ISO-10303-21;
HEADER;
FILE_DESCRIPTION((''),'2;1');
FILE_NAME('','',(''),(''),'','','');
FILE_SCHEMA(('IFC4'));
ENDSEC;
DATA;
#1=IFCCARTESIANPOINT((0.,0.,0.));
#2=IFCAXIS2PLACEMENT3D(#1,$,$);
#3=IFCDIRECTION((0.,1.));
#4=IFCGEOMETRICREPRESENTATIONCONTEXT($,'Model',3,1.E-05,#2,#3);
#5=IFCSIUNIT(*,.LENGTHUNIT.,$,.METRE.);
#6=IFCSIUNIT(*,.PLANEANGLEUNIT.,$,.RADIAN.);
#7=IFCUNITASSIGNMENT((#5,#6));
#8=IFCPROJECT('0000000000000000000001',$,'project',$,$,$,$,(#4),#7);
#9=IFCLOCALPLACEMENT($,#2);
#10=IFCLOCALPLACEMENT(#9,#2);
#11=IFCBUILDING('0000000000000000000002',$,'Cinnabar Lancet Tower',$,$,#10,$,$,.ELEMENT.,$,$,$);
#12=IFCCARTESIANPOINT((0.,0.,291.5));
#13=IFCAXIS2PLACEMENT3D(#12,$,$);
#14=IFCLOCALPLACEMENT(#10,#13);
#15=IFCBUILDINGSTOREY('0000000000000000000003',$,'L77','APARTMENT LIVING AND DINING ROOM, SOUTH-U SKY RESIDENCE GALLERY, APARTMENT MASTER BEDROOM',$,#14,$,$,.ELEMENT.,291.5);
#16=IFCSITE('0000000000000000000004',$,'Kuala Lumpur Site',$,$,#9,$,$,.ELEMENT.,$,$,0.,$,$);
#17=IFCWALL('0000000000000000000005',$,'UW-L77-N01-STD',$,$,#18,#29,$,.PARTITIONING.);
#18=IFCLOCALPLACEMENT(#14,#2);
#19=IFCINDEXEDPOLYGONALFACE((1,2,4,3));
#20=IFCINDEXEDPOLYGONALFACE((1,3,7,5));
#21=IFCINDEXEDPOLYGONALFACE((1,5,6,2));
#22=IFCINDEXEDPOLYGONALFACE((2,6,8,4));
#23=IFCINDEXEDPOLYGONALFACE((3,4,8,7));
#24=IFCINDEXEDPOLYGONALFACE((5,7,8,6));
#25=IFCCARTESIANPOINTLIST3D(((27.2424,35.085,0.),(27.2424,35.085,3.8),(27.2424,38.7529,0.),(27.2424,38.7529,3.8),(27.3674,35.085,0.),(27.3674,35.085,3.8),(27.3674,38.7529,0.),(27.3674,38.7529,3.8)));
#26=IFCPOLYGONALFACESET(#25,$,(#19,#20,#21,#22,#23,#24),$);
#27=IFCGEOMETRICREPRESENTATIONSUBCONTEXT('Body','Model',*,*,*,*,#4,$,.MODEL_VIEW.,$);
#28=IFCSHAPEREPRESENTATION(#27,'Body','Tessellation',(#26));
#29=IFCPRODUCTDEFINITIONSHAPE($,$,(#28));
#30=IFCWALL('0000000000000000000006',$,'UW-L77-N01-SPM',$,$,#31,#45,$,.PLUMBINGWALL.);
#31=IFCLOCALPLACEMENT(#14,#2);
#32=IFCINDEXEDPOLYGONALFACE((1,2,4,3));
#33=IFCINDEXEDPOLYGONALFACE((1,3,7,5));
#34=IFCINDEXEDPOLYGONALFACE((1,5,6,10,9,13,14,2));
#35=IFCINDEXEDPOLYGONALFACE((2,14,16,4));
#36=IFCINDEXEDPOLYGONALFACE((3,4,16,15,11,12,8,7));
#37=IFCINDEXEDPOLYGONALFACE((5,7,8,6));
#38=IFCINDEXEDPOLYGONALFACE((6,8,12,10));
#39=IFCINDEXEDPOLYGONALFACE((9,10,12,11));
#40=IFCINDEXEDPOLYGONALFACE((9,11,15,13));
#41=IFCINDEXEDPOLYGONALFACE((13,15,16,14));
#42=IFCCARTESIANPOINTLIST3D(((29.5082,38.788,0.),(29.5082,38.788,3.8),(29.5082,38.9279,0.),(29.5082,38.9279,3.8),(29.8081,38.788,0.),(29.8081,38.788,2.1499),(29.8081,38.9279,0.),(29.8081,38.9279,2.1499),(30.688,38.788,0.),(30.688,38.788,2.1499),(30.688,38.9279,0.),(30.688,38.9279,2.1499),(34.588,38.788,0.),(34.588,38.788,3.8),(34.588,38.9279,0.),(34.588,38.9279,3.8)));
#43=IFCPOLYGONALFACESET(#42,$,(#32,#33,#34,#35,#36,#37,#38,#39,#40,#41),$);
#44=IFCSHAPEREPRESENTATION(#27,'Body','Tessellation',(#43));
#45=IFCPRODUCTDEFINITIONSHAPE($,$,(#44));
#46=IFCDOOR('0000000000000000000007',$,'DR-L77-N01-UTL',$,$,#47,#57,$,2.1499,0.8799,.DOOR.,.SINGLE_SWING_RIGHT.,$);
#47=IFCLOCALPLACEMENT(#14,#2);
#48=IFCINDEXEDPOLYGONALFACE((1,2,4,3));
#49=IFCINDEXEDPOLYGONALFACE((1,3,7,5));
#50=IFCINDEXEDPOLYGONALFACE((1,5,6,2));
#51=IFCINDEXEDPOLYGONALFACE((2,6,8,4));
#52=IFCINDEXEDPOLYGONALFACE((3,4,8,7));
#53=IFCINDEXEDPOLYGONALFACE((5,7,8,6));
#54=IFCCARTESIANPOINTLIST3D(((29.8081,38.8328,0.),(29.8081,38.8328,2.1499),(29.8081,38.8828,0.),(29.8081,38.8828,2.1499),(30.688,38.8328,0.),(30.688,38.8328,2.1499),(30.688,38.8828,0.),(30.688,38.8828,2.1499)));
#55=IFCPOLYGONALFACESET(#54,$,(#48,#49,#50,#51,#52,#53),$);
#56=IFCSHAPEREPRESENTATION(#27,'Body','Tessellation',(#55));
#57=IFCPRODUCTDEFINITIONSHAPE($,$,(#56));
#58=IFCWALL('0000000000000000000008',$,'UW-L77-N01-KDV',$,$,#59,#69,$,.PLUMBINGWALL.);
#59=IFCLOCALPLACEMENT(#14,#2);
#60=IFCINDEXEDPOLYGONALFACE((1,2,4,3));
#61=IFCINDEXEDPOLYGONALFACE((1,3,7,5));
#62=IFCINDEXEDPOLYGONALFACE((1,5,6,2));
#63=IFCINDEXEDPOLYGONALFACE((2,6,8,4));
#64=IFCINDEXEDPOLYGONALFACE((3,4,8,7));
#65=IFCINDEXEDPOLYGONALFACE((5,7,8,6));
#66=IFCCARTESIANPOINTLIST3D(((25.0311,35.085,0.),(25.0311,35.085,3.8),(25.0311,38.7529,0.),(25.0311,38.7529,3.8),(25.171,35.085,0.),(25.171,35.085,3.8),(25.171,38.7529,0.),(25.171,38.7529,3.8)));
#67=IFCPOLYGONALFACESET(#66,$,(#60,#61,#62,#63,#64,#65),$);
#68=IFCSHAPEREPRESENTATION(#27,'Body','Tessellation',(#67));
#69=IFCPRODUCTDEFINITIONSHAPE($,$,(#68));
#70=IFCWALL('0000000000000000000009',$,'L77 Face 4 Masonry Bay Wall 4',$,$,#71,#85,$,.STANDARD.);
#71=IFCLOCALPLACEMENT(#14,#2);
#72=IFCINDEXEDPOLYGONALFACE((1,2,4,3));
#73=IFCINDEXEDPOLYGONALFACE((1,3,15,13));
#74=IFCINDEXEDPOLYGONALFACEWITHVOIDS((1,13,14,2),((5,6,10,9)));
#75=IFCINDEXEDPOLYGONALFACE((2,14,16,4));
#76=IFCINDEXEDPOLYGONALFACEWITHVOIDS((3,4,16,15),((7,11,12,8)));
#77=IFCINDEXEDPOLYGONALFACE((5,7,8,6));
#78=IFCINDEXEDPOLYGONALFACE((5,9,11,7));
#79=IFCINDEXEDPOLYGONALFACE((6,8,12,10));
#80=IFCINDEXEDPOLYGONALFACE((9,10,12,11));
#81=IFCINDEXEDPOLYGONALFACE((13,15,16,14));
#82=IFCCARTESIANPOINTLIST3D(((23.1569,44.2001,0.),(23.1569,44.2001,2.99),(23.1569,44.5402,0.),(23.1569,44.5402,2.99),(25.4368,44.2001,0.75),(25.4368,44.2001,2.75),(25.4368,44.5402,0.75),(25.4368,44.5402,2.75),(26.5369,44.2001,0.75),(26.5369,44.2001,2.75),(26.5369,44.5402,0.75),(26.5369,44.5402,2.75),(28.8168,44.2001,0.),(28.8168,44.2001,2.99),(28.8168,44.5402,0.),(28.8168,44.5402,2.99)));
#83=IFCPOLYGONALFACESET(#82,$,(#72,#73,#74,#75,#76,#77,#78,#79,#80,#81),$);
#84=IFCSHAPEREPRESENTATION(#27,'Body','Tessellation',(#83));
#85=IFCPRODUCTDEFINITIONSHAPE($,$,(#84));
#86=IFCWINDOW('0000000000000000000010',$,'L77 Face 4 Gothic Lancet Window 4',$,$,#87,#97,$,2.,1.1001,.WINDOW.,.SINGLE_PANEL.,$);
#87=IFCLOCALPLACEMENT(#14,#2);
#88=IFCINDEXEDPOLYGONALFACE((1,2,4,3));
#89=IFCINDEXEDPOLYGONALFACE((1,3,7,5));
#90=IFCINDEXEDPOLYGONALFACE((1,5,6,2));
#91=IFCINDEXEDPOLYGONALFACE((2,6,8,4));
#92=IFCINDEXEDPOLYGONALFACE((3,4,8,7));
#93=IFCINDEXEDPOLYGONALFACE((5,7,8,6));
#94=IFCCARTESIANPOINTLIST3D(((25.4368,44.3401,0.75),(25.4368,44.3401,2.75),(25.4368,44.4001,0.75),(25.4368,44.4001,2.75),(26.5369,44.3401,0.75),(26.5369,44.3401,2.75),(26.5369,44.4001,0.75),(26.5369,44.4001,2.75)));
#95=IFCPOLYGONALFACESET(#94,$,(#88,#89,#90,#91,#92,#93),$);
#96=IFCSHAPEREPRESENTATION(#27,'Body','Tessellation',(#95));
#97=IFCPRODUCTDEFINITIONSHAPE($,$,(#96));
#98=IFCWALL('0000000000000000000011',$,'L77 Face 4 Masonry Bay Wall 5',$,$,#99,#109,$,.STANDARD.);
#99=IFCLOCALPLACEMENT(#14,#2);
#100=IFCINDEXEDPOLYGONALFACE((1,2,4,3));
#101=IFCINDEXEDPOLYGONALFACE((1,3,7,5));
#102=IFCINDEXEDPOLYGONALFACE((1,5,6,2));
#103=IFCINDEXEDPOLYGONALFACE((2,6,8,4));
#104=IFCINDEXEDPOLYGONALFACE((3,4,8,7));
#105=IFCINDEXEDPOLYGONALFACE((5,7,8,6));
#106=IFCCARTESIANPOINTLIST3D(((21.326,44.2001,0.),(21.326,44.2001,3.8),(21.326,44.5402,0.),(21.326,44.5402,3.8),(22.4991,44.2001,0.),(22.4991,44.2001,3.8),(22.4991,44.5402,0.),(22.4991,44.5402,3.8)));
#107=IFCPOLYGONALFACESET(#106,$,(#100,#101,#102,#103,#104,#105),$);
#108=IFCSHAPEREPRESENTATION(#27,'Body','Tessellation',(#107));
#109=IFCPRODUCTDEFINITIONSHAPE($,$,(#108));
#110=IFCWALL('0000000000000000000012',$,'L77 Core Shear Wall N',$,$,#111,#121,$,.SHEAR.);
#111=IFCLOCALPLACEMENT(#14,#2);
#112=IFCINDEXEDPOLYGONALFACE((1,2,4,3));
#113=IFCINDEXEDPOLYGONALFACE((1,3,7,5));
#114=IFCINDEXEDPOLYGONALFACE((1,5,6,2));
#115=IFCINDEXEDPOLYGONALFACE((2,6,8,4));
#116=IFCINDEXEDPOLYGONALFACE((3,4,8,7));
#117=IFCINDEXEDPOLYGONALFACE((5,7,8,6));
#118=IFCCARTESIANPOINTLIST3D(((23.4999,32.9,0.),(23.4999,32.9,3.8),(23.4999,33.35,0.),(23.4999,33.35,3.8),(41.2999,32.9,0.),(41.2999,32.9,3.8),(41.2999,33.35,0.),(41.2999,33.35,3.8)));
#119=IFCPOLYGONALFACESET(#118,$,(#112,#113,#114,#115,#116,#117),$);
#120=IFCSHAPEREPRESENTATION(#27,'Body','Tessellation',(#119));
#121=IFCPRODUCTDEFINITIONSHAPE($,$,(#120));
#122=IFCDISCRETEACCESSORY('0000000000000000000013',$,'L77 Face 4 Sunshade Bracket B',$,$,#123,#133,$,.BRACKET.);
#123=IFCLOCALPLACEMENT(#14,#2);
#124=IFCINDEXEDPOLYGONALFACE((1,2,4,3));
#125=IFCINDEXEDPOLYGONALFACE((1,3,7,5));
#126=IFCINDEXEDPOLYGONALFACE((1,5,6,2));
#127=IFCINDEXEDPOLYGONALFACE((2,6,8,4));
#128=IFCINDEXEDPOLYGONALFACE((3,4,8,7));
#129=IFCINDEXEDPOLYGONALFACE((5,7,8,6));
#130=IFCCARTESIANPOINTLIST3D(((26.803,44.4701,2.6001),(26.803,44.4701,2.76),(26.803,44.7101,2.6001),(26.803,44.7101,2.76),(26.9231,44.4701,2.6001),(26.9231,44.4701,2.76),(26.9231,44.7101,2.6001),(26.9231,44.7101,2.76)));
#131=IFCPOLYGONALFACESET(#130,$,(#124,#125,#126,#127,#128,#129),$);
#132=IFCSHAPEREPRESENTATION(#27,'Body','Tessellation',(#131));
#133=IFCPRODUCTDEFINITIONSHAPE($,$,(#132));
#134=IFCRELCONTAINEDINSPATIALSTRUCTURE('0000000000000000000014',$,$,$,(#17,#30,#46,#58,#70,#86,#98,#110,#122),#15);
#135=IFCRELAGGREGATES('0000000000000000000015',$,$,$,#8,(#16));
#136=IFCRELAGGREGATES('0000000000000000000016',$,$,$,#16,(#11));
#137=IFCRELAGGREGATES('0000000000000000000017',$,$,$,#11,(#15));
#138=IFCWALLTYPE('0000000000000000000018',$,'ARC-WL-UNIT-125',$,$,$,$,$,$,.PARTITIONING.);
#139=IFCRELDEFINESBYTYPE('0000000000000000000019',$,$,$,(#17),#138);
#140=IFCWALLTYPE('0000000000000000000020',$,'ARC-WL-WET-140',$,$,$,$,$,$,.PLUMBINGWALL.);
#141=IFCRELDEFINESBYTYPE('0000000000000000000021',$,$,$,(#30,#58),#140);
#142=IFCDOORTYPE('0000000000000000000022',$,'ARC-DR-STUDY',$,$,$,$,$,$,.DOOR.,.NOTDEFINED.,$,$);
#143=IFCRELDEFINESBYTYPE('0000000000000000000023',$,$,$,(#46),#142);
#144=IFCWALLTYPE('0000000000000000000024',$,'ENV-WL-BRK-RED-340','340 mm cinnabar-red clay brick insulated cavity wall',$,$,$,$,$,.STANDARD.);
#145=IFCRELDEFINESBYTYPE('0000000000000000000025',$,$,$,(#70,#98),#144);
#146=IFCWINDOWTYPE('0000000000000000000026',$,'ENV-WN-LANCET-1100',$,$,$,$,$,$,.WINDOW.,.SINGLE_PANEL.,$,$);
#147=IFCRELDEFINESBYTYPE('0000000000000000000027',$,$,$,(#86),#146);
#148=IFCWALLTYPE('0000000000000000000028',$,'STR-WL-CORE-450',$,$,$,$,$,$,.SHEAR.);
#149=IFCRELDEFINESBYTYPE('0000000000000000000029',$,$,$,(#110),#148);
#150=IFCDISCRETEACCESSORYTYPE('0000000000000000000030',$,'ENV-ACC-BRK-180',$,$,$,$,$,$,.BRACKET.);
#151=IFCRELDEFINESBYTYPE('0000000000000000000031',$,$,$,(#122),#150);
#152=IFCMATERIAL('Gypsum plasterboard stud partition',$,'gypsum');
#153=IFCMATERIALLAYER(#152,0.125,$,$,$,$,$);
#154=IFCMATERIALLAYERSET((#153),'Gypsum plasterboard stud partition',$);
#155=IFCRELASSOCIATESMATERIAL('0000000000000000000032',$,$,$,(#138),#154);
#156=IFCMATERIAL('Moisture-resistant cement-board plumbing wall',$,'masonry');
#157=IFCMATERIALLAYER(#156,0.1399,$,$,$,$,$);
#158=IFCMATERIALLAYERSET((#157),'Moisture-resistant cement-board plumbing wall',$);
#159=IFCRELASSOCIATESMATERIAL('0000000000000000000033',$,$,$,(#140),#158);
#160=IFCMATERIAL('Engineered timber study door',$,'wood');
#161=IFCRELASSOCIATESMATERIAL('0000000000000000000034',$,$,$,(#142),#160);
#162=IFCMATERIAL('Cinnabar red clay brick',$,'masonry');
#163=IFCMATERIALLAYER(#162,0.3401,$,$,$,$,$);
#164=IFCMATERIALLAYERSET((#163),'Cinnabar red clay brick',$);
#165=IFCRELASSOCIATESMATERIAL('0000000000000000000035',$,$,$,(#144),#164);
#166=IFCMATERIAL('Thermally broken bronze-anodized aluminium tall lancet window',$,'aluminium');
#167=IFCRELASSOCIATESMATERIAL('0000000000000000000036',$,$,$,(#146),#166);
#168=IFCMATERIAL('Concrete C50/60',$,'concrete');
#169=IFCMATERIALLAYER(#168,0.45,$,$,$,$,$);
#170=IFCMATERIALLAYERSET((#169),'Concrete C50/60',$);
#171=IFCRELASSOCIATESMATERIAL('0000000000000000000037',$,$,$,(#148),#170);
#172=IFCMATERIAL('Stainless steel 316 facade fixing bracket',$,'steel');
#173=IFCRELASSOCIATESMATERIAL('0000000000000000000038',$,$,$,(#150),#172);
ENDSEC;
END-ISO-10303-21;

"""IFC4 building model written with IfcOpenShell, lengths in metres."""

from ifc_helpers import new_model, si_unit, direction, frame, frame_2d, origin, origin_2d, place, context, subcontext, project, spatial, rectangle, extrude, material, layer, layer_set, type_object, element, fill, save


model = new_model("IFC4")

# Units and contexts
model_context = context("Model", 3, precision=1e-05, world=origin(), true_north=direction((0.0, 1.0)))
body_context = subcontext(model_context, "Body", "Model", "MODEL_VIEW")
ifc_project = project(units=[si_unit("LENGTHUNIT", "METRE"), si_unit("PLANEANGLEUNIT", "RADIAN")], contexts=[model_context])

# Site, building, storey
site_placement = place(None, origin())
site = spatial("IfcSite", under=ifc_project, at=site_placement, Name="Kuala Lumpur Site", CompositionType="ELEMENT", RefElevation=0.0)
building_placement = place(site_placement, origin())
building = spatial("IfcBuilding", under=site, at=building_placement, Name="Cinnabar Lancet Tower", CompositionType="ELEMENT")
storey_placement = place(building_placement, frame((0.0, 0.0, 291.5)))
storey = spatial("IfcBuildingStorey", under=building, at=storey_placement, Name="L77", Description="APARTMENT LIVING AND DINING ROOM, SOUTH-U SKY RESIDENCE GALLERY, APARTMENT MASTER BEDROOM", CompositionType="ELEMENT", Elevation=291.5)

# Wall
ifc_material_1 = material(Name="Gypsum plasterboard stud partition", Category="gypsum")
ifc_layer_1 = layer(ifc_material_1, 0.125)
ifc_layer_set_1 = layer_set([ifc_layer_1], Name="Gypsum plasterboard stud partition")
wall_type_1 = type_object("IfcWallType", Name="ARC-WL-UNIT-125", PredefinedType="PARTITIONING", material=ifc_layer_set_1)
for number, where, z_axis, x_axis, name in (
    (1, (27.3049, 35.085, 0.0), (0.0, 0.0, 1.0), (0.0, 1.0, 0.0), "UW-L77-N01-STD"),
):
    element("IfcWall", number, at=place(storey_placement, frame(where, z_axis=z_axis, x_axis=x_axis)), inside=storey, type_object=wall_type_1, Name=name, PredefinedType="PARTITIONING", context=body_context, shape_type="SweptSolid", body=[
        extrude(rectangle(XDim=3.668, YDim=0.125, at=frame_2d((1.834, 0.0))), origin(), (0.0, 0.0, 1.0), 3.8),
    ])

# Shared definitions
ifc_material_2 = material(Name="Moisture-resistant cement-board plumbing wall", Category="masonry")
ifc_layer_2 = layer(ifc_material_2, 0.1399)
ifc_layer_set_2 = layer_set([ifc_layer_2], Name="Moisture-resistant cement-board plumbing wall")
wall_type_2 = type_object("IfcWallType", Name="ARC-WL-WET-140", PredefinedType="PLUMBINGWALL", material=ifc_layer_set_2)
ifc_material_3 = material(Name="Engineered timber study door", Category="wood")
door_type_1 = type_object("IfcDoorType", Name="ARC-DR-STUDY", OperationType="NOTDEFINED", PredefinedType="DOOR", material=ifc_material_3)

# Wall, opening, door
wall_1_placement = place(storey_placement, frame((29.5081, 38.8579, 0.0), z_axis=(0.0, 0.0, 1.0), x_axis=(1.0, 0.0, 0.0)))
wall_1 = element("IfcWall", 2, at=wall_1_placement, inside=storey, type_object=wall_type_2, Name="UW-L77-N01-SPM", PredefinedType="PLUMBINGWALL", context=body_context, shape_type="SweptSolid", body=[
    extrude(rectangle(XDim=5.0798, YDim=0.1399, at=frame_2d((2.54, 0.0))), origin(), (0.0, 0.0, 1.0), 3.8),
])
opening_1_placement = place(wall_1_placement, frame((0.3, 0.0, 0.0)))
opening_1 = element("IfcOpeningElement", 3, at=opening_1_placement, cuts=wall_1, PredefinedType="OPENING", context=body_context, shape_type="SweptSolid", body=[
    extrude(rectangle(XDim=0.8799, YDim=2.1499, at=frame_2d((0.4399, 1.075))), frame((0.0, 0.0798, 0.0), z_axis=(0.0, -1.0, 0.0), x_axis=(1.0, 0.0, 0.0)), (0.0, 0.0, 1.0), 0.1599),
])
door_1_placement = place(opening_1_placement, origin())
door_1 = element("IfcDoor", 4, at=door_1_placement, inside=storey, type_object=door_type_1, Name="DR-L77-N01-UTL", OperationType="SINGLE_SWING_RIGHT", OverallHeight=2.1499, OverallWidth=0.8799, PredefinedType="DOOR", context=body_context, shape_type="SweptSolid", body=[
    extrude(rectangle(XDim=0.8799, YDim=2.1499, at=frame_2d((0.4399, 1.075))), frame((0.0, 0.0249, 0.0), z_axis=(0.0, -1.0, 0.0), x_axis=(1.0, 0.0, 0.0)), (0.0, 0.0, 1.0), 0.05),
])
fill(opening_1, door_1)

# Wall
wall_2_placement = place(storey_placement, frame((25.1011, 35.085, 0.0), z_axis=(0.0, 0.0, 1.0), x_axis=(0.0, 1.0, 0.0)))
element("IfcWall", 5, at=wall_2_placement, inside=storey, type_object=wall_type_2, Name="UW-L77-N01-KDV", PredefinedType="PLUMBINGWALL", context=body_context, shape_type="SweptSolid", body=[
    extrude(rectangle(XDim=3.668, YDim=0.1399, at=frame_2d((1.834, 0.0))), origin(), (0.0, 0.0, 1.0), 3.8),
])

# Wall, opening, window
ifc_material_4 = material(Name="Cinnabar red clay brick", Category="masonry")
ifc_layer_3 = layer(ifc_material_4, 0.3401)
ifc_layer_set_3 = layer_set([ifc_layer_3], Name="Cinnabar red clay brick")
wall_type_3 = type_object("IfcWallType", Name="ENV-WL-BRK-RED-340", Description="340 mm cinnabar-red clay brick insulated cavity wall", PredefinedType="STANDARD", material=ifc_layer_set_3)
wall_3_placement = place(storey_placement, frame((28.8169, 44.3701, 0.0), z_axis=(0.0, 0.0, 1.0), x_axis=(-1.0, 0.0, 0.0)))
wall_3 = element("IfcWall", 6, at=wall_3_placement, inside=storey, type_object=wall_type_3, Name="L77 Face 4 Masonry Bay Wall 4", PredefinedType="STANDARD", context=body_context, shape_type="SweptSolid", body=[
    extrude(rectangle(XDim=5.6599, YDim=0.3401, at=frame_2d((2.8301, 0.0))), origin(), (0.0, 0.0, 1.0), 2.99),
])
opening_2_placement = place(wall_3_placement, frame((2.28, 0.0, 0.75)))
opening_2 = element("IfcOpeningElement", 7, at=opening_2_placement, cuts=wall_3, PredefinedType="OPENING", context=body_context, shape_type="SweptSolid", body=[
    extrude(rectangle(XDim=1.1001, YDim=2.0, at=frame_2d((0.55, 1.0))), frame((0.0, 0.1799, 0.0), z_axis=(0.0, -1.0, 0.0), x_axis=(1.0, 0.0, 0.0)), (0.0, 0.0, 1.0), 0.3601),
])
ifc_material_5 = material(Name="Thermally broken bronze-anodized aluminium tall lancet window", Category="aluminium")
window_type = type_object("IfcWindowType", Name="ENV-WN-LANCET-1100", PartitioningType="SINGLE_PANEL", PredefinedType="WINDOW", material=ifc_material_5)
window_placement = place(opening_2_placement, origin())
window = element("IfcWindow", 8, at=window_placement, inside=storey, type_object=window_type, Name="L77 Face 4 Gothic Lancet Window 4", OverallHeight=2.0, OverallWidth=1.1001, PartitioningType="SINGLE_PANEL", PredefinedType="WINDOW", context=body_context, shape_type="SweptSolid", body=[
    extrude(rectangle(XDim=1.1001, YDim=2.0, at=frame_2d((0.55, 1.0))), frame((0.0, 0.03, 0.0), z_axis=(0.0, -1.0, 0.0), x_axis=(1.0, 0.0, 0.0)), (0.0, 0.0, 1.0), 0.0601),
])
fill(opening_2, window)

# Walls
wall_4_placement = place(storey_placement, frame((22.499, 44.3701, 0.0), z_axis=(0.0, 0.0, 1.0), x_axis=(-1.0, 0.0, 0.0)))
element("IfcWall", 9, at=wall_4_placement, inside=storey, type_object=wall_type_3, Name="L77 Face 4 Masonry Bay Wall 5", PredefinedType="STANDARD", context=body_context, shape_type="SweptSolid", body=[
    extrude(rectangle(XDim=1.1731, YDim=0.3401, at=frame_2d((0.5864, 0.0))), origin(), (0.0, 0.0, 1.0), 3.8),
])
ifc_material_6 = material(Name="Concrete C50/60", Category="concrete")
ifc_layer_4 = layer(ifc_material_6, 0.45)
ifc_layer_set_4 = layer_set([ifc_layer_4], Name="Concrete C50/60")
wall_type_4 = type_object("IfcWallType", Name="STR-WL-CORE-450", PredefinedType="SHEAR", material=ifc_layer_set_4)
wall_5_placement = place(storey_placement, frame((23.5, 33.125, 0.0), z_axis=(0.0, 0.0, 1.0), x_axis=(1.0, 0.0, 0.0)))
element("IfcWall", 10, at=wall_5_placement, inside=storey, type_object=wall_type_4, Name="L77 Core Shear Wall N", PredefinedType="SHEAR", context=body_context, shape_type="SweptSolid", body=[
    extrude(rectangle(XDim=17.8, YDim=0.45, at=frame_2d((8.8999, 0.0))), origin(), (0.0, 0.0, 1.0), 3.8),
])

# Discrete accessory
ifc_material_7 = material(Name="Stainless steel 316 facade fixing bracket", Category="steel")
discrete_accessory_type = type_object("IfcDiscreteAccessoryType", Name="ENV-ACC-BRK-180", PredefinedType="BRACKET", material=ifc_material_7)
discrete_accessory_placement = place(storey_placement, frame((26.863, 44.5901, 2.6001), z_axis=(0.0, 0.0, 1.0), x_axis=(-1.0, 0.0, 0.0)))
element("IfcDiscreteAccessory", 11, at=discrete_accessory_placement, inside=storey, type_object=discrete_accessory_type, Name="L77 Face 4 Sunshade Bracket B", PredefinedType="BRACKET", context=body_context, shape_type="SweptSolid", body=[
    extrude(rectangle(XDim=0.1201, YDim=0.24, at=origin_2d()), origin(), (0.0, 0.0, 1.0), 0.1599),
])

save(model, "model.ifc")
